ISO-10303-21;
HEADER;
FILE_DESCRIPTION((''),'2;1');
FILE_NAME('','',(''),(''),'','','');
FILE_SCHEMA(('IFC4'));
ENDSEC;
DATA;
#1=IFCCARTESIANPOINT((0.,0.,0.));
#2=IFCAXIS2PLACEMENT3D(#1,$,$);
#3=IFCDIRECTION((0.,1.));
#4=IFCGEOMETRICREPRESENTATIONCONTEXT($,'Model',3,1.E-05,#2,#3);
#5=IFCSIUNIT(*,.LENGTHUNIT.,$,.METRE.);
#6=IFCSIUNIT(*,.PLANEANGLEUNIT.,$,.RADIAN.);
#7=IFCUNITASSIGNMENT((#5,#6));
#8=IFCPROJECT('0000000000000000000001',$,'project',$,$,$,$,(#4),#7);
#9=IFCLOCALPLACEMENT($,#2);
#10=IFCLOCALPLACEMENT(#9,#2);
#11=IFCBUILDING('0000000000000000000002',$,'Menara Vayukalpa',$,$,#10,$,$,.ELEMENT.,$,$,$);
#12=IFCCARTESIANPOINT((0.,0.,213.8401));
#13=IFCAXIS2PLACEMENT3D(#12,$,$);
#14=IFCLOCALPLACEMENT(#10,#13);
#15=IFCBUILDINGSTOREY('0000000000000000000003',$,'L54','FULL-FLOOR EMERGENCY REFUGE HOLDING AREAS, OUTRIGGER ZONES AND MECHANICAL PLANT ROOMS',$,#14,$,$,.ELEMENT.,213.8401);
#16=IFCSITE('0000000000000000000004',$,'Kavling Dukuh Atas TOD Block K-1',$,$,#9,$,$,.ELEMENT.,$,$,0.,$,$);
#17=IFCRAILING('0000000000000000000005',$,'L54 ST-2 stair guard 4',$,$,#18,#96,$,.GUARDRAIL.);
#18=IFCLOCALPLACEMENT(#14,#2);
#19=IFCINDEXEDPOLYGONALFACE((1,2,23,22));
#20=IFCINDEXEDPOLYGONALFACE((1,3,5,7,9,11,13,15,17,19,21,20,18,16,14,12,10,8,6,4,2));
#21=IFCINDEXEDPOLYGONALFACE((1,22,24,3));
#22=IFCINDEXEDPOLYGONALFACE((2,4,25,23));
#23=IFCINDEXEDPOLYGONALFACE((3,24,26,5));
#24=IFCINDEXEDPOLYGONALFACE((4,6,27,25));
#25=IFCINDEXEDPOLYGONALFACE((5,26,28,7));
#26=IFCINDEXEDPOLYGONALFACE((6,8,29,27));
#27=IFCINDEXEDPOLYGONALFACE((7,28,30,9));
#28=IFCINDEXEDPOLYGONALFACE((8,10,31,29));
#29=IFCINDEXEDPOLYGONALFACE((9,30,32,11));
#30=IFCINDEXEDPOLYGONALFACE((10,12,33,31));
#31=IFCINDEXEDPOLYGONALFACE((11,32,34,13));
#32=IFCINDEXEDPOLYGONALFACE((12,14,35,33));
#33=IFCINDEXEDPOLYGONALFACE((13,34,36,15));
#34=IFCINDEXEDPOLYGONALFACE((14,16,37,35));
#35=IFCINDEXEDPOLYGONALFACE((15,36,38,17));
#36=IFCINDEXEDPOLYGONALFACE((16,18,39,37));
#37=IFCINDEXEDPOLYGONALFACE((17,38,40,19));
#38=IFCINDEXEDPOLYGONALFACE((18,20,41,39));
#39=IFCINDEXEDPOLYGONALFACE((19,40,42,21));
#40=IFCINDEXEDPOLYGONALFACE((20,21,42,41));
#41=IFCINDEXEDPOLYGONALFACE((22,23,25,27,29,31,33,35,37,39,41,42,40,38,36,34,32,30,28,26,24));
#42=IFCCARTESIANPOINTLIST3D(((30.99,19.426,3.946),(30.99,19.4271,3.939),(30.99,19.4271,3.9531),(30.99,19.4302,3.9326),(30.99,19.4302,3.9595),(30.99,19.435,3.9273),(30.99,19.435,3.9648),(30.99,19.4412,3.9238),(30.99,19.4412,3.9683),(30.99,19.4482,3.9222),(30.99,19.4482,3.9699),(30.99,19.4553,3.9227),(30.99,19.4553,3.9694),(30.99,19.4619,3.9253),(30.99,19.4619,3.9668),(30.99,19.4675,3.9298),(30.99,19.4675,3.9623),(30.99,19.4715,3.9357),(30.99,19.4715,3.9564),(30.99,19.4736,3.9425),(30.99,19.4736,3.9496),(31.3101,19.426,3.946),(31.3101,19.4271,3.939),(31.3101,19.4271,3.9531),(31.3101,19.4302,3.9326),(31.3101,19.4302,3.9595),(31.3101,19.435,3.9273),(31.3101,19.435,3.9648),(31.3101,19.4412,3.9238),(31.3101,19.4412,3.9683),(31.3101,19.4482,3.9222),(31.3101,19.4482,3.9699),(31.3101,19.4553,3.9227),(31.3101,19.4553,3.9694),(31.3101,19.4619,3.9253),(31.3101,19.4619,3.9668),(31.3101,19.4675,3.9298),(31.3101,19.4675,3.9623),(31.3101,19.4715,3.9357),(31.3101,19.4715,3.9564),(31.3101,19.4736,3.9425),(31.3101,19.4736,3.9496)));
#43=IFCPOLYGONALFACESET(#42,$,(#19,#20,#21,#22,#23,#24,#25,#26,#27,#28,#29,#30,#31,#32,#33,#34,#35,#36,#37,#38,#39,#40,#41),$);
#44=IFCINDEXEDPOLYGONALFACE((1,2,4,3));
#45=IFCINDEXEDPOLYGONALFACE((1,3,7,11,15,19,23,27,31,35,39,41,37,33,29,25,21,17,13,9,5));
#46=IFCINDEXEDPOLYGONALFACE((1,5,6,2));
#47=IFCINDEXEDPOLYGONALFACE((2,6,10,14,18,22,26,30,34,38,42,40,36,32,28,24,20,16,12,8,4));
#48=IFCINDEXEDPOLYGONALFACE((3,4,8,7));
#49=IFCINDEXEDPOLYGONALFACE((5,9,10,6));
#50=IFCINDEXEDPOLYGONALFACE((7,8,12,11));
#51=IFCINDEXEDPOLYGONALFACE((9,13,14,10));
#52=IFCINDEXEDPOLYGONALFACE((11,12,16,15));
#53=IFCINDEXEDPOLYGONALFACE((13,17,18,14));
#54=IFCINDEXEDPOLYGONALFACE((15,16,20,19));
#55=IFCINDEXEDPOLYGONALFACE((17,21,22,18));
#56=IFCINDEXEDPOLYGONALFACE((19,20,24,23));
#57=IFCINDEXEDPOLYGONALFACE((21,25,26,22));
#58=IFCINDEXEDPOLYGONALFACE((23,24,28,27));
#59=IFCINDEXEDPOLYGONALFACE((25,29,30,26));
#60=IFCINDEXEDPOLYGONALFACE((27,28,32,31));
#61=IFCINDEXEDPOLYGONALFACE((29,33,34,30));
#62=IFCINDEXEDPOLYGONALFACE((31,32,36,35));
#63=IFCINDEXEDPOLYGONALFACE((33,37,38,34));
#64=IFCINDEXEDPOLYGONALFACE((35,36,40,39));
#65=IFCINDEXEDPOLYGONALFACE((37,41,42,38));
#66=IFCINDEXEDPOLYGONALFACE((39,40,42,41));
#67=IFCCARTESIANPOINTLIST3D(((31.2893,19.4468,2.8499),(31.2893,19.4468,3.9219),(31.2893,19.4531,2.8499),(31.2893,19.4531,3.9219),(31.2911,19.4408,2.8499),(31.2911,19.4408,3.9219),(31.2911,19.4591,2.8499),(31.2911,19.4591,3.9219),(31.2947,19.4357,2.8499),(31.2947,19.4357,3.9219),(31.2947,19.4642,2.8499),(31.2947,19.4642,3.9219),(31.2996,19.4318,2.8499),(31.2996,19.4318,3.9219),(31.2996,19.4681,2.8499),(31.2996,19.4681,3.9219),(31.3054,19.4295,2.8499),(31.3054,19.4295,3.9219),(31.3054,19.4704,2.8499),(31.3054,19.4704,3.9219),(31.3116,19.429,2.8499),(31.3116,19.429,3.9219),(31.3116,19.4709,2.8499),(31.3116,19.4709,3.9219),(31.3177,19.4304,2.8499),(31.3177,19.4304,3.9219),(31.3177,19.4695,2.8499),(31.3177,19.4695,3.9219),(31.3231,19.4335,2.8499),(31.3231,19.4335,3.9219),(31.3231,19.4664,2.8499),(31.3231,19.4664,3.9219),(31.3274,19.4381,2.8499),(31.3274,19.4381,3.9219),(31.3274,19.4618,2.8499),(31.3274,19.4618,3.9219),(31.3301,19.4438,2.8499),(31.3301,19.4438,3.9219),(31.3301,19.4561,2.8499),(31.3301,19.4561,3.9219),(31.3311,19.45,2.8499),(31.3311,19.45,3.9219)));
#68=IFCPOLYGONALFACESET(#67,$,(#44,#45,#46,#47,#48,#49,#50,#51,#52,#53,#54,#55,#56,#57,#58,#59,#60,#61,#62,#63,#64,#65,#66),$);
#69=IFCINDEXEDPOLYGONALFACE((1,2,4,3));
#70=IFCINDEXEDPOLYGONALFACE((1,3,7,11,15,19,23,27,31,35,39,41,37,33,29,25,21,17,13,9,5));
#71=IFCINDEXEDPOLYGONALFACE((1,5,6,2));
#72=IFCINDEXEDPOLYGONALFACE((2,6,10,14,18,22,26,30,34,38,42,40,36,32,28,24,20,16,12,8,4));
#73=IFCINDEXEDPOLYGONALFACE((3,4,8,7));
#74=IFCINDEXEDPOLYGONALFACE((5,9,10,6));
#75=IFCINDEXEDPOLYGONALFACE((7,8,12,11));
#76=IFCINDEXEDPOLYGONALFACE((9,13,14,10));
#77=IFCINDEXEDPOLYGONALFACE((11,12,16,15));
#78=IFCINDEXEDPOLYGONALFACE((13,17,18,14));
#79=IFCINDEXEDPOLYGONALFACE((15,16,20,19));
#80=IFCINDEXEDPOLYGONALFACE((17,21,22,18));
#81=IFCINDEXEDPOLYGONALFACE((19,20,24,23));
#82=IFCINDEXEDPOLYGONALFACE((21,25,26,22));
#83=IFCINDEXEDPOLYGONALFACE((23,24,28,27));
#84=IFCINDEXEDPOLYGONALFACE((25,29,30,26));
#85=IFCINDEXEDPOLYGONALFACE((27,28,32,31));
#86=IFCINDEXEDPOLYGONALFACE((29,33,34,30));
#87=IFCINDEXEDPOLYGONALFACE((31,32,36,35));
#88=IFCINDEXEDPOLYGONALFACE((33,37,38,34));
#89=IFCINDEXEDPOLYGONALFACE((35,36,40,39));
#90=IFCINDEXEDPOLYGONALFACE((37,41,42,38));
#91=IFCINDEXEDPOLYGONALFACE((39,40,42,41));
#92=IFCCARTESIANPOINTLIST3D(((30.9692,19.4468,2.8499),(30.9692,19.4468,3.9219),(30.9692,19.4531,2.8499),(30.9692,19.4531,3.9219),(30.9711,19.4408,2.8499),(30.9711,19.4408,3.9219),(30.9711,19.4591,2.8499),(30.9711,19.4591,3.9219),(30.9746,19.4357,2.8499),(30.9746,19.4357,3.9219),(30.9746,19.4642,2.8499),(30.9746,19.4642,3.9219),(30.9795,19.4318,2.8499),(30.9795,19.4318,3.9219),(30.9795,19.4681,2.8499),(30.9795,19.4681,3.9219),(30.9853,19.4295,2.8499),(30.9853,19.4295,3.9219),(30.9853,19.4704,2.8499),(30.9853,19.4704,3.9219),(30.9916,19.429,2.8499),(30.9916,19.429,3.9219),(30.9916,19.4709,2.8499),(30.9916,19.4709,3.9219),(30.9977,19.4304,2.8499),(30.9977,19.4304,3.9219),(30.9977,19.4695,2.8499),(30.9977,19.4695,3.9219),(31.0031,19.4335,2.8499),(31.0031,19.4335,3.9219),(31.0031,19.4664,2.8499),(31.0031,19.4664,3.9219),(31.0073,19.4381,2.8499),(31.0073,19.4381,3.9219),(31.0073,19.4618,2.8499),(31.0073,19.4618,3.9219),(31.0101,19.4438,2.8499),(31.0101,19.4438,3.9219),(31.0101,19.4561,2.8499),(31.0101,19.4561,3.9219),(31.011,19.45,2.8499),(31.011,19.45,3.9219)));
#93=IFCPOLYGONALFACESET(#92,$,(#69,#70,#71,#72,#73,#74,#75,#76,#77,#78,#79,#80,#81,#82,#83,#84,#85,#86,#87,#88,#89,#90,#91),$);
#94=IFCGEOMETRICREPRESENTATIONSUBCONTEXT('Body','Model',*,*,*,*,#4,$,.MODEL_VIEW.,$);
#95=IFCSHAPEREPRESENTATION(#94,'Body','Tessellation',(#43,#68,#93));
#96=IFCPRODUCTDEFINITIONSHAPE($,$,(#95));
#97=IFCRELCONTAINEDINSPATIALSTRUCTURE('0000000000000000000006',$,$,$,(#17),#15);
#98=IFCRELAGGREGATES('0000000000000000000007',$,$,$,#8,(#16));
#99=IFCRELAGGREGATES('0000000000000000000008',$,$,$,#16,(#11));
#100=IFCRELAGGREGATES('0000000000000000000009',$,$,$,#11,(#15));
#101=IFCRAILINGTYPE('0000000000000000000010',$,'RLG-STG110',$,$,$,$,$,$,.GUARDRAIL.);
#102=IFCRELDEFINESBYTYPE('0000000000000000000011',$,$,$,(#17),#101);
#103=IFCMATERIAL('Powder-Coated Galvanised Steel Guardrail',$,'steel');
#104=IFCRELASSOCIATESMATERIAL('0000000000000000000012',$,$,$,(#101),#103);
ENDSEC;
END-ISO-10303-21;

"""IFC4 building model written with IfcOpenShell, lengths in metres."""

from ifc_helpers import new_model, si_unit, direction, frame, origin, origin_2d, place, context, subcontext, project, spatial, circle, extrude, material, type_object, element, save


model = new_model("IFC4")

# Units and contexts
model_context = context("Model", 3, precision=1e-05, world=origin(), true_north=direction((0.0, 1.0)))
body_context = subcontext(model_context, "Body", "Model", "MODEL_VIEW")
ifc_project = project(units=[si_unit("LENGTHUNIT", "METRE"), si_unit("PLANEANGLEUNIT", "RADIAN")], contexts=[model_context])

# Site, building, storey
site_placement = place(None, origin())
site = spatial("IfcSite", under=ifc_project, at=site_placement, Name="Kavling Dukuh Atas TOD Block K-1", CompositionType="ELEMENT", RefElevation=0.0)
building_placement = place(site_placement, origin())
building = spatial("IfcBuilding", under=site, at=building_placement, Name="Menara Vayukalpa", CompositionType="ELEMENT")
storey_placement = place(building_placement, frame((0.0, 0.0, 213.8401)))
storey = spatial("IfcBuildingStorey", under=building, at=storey_placement, Name="L54", Description="FULL-FLOOR EMERGENCY REFUGE HOLDING AREAS, OUTRIGGER ZONES AND MECHANICAL PLANT ROOMS", CompositionType="ELEMENT", Elevation=213.8401)

# Railing
ifc_material_1 = material(Name="Powder-Coated Galvanised Steel Guardrail", Category="steel")
railing_type_1 = type_object("IfcRailingType", Name="RLG-STG110", PredefinedType="GUARDRAIL", material=ifc_material_1)
railing_1_placement = place(storey_placement, frame((31.3101, 19.45, 2.8499)))
element("IfcRailing", 1, at=railing_1_placement, inside=storey, type_object=railing_type_1, Name="L54 ST-2 stair guard 4", PredefinedType="GUARDRAIL", context=body_context, shape_type="SweptSolid", body=[
    extrude(circle(Radius=0.0239, at=origin_2d()), frame((0.0, 0.0, 1.0962), z_axis=(-1.0, 0.0, 0.0), x_axis=(0.0, -1.0, 0.0)), (0.0, 0.0, 1.0), 0.3201),
    extrude(circle(Radius=0.021, at=origin_2d()), origin(), (0.0, 0.0, 1.0), 1.072),
    extrude(circle(Radius=0.021, at=origin_2d()), frame((-0.3201, 0.0, 0.0)), (0.0, 0.0, 1.0), 1.072),
])

save(model, "model.ifc")
